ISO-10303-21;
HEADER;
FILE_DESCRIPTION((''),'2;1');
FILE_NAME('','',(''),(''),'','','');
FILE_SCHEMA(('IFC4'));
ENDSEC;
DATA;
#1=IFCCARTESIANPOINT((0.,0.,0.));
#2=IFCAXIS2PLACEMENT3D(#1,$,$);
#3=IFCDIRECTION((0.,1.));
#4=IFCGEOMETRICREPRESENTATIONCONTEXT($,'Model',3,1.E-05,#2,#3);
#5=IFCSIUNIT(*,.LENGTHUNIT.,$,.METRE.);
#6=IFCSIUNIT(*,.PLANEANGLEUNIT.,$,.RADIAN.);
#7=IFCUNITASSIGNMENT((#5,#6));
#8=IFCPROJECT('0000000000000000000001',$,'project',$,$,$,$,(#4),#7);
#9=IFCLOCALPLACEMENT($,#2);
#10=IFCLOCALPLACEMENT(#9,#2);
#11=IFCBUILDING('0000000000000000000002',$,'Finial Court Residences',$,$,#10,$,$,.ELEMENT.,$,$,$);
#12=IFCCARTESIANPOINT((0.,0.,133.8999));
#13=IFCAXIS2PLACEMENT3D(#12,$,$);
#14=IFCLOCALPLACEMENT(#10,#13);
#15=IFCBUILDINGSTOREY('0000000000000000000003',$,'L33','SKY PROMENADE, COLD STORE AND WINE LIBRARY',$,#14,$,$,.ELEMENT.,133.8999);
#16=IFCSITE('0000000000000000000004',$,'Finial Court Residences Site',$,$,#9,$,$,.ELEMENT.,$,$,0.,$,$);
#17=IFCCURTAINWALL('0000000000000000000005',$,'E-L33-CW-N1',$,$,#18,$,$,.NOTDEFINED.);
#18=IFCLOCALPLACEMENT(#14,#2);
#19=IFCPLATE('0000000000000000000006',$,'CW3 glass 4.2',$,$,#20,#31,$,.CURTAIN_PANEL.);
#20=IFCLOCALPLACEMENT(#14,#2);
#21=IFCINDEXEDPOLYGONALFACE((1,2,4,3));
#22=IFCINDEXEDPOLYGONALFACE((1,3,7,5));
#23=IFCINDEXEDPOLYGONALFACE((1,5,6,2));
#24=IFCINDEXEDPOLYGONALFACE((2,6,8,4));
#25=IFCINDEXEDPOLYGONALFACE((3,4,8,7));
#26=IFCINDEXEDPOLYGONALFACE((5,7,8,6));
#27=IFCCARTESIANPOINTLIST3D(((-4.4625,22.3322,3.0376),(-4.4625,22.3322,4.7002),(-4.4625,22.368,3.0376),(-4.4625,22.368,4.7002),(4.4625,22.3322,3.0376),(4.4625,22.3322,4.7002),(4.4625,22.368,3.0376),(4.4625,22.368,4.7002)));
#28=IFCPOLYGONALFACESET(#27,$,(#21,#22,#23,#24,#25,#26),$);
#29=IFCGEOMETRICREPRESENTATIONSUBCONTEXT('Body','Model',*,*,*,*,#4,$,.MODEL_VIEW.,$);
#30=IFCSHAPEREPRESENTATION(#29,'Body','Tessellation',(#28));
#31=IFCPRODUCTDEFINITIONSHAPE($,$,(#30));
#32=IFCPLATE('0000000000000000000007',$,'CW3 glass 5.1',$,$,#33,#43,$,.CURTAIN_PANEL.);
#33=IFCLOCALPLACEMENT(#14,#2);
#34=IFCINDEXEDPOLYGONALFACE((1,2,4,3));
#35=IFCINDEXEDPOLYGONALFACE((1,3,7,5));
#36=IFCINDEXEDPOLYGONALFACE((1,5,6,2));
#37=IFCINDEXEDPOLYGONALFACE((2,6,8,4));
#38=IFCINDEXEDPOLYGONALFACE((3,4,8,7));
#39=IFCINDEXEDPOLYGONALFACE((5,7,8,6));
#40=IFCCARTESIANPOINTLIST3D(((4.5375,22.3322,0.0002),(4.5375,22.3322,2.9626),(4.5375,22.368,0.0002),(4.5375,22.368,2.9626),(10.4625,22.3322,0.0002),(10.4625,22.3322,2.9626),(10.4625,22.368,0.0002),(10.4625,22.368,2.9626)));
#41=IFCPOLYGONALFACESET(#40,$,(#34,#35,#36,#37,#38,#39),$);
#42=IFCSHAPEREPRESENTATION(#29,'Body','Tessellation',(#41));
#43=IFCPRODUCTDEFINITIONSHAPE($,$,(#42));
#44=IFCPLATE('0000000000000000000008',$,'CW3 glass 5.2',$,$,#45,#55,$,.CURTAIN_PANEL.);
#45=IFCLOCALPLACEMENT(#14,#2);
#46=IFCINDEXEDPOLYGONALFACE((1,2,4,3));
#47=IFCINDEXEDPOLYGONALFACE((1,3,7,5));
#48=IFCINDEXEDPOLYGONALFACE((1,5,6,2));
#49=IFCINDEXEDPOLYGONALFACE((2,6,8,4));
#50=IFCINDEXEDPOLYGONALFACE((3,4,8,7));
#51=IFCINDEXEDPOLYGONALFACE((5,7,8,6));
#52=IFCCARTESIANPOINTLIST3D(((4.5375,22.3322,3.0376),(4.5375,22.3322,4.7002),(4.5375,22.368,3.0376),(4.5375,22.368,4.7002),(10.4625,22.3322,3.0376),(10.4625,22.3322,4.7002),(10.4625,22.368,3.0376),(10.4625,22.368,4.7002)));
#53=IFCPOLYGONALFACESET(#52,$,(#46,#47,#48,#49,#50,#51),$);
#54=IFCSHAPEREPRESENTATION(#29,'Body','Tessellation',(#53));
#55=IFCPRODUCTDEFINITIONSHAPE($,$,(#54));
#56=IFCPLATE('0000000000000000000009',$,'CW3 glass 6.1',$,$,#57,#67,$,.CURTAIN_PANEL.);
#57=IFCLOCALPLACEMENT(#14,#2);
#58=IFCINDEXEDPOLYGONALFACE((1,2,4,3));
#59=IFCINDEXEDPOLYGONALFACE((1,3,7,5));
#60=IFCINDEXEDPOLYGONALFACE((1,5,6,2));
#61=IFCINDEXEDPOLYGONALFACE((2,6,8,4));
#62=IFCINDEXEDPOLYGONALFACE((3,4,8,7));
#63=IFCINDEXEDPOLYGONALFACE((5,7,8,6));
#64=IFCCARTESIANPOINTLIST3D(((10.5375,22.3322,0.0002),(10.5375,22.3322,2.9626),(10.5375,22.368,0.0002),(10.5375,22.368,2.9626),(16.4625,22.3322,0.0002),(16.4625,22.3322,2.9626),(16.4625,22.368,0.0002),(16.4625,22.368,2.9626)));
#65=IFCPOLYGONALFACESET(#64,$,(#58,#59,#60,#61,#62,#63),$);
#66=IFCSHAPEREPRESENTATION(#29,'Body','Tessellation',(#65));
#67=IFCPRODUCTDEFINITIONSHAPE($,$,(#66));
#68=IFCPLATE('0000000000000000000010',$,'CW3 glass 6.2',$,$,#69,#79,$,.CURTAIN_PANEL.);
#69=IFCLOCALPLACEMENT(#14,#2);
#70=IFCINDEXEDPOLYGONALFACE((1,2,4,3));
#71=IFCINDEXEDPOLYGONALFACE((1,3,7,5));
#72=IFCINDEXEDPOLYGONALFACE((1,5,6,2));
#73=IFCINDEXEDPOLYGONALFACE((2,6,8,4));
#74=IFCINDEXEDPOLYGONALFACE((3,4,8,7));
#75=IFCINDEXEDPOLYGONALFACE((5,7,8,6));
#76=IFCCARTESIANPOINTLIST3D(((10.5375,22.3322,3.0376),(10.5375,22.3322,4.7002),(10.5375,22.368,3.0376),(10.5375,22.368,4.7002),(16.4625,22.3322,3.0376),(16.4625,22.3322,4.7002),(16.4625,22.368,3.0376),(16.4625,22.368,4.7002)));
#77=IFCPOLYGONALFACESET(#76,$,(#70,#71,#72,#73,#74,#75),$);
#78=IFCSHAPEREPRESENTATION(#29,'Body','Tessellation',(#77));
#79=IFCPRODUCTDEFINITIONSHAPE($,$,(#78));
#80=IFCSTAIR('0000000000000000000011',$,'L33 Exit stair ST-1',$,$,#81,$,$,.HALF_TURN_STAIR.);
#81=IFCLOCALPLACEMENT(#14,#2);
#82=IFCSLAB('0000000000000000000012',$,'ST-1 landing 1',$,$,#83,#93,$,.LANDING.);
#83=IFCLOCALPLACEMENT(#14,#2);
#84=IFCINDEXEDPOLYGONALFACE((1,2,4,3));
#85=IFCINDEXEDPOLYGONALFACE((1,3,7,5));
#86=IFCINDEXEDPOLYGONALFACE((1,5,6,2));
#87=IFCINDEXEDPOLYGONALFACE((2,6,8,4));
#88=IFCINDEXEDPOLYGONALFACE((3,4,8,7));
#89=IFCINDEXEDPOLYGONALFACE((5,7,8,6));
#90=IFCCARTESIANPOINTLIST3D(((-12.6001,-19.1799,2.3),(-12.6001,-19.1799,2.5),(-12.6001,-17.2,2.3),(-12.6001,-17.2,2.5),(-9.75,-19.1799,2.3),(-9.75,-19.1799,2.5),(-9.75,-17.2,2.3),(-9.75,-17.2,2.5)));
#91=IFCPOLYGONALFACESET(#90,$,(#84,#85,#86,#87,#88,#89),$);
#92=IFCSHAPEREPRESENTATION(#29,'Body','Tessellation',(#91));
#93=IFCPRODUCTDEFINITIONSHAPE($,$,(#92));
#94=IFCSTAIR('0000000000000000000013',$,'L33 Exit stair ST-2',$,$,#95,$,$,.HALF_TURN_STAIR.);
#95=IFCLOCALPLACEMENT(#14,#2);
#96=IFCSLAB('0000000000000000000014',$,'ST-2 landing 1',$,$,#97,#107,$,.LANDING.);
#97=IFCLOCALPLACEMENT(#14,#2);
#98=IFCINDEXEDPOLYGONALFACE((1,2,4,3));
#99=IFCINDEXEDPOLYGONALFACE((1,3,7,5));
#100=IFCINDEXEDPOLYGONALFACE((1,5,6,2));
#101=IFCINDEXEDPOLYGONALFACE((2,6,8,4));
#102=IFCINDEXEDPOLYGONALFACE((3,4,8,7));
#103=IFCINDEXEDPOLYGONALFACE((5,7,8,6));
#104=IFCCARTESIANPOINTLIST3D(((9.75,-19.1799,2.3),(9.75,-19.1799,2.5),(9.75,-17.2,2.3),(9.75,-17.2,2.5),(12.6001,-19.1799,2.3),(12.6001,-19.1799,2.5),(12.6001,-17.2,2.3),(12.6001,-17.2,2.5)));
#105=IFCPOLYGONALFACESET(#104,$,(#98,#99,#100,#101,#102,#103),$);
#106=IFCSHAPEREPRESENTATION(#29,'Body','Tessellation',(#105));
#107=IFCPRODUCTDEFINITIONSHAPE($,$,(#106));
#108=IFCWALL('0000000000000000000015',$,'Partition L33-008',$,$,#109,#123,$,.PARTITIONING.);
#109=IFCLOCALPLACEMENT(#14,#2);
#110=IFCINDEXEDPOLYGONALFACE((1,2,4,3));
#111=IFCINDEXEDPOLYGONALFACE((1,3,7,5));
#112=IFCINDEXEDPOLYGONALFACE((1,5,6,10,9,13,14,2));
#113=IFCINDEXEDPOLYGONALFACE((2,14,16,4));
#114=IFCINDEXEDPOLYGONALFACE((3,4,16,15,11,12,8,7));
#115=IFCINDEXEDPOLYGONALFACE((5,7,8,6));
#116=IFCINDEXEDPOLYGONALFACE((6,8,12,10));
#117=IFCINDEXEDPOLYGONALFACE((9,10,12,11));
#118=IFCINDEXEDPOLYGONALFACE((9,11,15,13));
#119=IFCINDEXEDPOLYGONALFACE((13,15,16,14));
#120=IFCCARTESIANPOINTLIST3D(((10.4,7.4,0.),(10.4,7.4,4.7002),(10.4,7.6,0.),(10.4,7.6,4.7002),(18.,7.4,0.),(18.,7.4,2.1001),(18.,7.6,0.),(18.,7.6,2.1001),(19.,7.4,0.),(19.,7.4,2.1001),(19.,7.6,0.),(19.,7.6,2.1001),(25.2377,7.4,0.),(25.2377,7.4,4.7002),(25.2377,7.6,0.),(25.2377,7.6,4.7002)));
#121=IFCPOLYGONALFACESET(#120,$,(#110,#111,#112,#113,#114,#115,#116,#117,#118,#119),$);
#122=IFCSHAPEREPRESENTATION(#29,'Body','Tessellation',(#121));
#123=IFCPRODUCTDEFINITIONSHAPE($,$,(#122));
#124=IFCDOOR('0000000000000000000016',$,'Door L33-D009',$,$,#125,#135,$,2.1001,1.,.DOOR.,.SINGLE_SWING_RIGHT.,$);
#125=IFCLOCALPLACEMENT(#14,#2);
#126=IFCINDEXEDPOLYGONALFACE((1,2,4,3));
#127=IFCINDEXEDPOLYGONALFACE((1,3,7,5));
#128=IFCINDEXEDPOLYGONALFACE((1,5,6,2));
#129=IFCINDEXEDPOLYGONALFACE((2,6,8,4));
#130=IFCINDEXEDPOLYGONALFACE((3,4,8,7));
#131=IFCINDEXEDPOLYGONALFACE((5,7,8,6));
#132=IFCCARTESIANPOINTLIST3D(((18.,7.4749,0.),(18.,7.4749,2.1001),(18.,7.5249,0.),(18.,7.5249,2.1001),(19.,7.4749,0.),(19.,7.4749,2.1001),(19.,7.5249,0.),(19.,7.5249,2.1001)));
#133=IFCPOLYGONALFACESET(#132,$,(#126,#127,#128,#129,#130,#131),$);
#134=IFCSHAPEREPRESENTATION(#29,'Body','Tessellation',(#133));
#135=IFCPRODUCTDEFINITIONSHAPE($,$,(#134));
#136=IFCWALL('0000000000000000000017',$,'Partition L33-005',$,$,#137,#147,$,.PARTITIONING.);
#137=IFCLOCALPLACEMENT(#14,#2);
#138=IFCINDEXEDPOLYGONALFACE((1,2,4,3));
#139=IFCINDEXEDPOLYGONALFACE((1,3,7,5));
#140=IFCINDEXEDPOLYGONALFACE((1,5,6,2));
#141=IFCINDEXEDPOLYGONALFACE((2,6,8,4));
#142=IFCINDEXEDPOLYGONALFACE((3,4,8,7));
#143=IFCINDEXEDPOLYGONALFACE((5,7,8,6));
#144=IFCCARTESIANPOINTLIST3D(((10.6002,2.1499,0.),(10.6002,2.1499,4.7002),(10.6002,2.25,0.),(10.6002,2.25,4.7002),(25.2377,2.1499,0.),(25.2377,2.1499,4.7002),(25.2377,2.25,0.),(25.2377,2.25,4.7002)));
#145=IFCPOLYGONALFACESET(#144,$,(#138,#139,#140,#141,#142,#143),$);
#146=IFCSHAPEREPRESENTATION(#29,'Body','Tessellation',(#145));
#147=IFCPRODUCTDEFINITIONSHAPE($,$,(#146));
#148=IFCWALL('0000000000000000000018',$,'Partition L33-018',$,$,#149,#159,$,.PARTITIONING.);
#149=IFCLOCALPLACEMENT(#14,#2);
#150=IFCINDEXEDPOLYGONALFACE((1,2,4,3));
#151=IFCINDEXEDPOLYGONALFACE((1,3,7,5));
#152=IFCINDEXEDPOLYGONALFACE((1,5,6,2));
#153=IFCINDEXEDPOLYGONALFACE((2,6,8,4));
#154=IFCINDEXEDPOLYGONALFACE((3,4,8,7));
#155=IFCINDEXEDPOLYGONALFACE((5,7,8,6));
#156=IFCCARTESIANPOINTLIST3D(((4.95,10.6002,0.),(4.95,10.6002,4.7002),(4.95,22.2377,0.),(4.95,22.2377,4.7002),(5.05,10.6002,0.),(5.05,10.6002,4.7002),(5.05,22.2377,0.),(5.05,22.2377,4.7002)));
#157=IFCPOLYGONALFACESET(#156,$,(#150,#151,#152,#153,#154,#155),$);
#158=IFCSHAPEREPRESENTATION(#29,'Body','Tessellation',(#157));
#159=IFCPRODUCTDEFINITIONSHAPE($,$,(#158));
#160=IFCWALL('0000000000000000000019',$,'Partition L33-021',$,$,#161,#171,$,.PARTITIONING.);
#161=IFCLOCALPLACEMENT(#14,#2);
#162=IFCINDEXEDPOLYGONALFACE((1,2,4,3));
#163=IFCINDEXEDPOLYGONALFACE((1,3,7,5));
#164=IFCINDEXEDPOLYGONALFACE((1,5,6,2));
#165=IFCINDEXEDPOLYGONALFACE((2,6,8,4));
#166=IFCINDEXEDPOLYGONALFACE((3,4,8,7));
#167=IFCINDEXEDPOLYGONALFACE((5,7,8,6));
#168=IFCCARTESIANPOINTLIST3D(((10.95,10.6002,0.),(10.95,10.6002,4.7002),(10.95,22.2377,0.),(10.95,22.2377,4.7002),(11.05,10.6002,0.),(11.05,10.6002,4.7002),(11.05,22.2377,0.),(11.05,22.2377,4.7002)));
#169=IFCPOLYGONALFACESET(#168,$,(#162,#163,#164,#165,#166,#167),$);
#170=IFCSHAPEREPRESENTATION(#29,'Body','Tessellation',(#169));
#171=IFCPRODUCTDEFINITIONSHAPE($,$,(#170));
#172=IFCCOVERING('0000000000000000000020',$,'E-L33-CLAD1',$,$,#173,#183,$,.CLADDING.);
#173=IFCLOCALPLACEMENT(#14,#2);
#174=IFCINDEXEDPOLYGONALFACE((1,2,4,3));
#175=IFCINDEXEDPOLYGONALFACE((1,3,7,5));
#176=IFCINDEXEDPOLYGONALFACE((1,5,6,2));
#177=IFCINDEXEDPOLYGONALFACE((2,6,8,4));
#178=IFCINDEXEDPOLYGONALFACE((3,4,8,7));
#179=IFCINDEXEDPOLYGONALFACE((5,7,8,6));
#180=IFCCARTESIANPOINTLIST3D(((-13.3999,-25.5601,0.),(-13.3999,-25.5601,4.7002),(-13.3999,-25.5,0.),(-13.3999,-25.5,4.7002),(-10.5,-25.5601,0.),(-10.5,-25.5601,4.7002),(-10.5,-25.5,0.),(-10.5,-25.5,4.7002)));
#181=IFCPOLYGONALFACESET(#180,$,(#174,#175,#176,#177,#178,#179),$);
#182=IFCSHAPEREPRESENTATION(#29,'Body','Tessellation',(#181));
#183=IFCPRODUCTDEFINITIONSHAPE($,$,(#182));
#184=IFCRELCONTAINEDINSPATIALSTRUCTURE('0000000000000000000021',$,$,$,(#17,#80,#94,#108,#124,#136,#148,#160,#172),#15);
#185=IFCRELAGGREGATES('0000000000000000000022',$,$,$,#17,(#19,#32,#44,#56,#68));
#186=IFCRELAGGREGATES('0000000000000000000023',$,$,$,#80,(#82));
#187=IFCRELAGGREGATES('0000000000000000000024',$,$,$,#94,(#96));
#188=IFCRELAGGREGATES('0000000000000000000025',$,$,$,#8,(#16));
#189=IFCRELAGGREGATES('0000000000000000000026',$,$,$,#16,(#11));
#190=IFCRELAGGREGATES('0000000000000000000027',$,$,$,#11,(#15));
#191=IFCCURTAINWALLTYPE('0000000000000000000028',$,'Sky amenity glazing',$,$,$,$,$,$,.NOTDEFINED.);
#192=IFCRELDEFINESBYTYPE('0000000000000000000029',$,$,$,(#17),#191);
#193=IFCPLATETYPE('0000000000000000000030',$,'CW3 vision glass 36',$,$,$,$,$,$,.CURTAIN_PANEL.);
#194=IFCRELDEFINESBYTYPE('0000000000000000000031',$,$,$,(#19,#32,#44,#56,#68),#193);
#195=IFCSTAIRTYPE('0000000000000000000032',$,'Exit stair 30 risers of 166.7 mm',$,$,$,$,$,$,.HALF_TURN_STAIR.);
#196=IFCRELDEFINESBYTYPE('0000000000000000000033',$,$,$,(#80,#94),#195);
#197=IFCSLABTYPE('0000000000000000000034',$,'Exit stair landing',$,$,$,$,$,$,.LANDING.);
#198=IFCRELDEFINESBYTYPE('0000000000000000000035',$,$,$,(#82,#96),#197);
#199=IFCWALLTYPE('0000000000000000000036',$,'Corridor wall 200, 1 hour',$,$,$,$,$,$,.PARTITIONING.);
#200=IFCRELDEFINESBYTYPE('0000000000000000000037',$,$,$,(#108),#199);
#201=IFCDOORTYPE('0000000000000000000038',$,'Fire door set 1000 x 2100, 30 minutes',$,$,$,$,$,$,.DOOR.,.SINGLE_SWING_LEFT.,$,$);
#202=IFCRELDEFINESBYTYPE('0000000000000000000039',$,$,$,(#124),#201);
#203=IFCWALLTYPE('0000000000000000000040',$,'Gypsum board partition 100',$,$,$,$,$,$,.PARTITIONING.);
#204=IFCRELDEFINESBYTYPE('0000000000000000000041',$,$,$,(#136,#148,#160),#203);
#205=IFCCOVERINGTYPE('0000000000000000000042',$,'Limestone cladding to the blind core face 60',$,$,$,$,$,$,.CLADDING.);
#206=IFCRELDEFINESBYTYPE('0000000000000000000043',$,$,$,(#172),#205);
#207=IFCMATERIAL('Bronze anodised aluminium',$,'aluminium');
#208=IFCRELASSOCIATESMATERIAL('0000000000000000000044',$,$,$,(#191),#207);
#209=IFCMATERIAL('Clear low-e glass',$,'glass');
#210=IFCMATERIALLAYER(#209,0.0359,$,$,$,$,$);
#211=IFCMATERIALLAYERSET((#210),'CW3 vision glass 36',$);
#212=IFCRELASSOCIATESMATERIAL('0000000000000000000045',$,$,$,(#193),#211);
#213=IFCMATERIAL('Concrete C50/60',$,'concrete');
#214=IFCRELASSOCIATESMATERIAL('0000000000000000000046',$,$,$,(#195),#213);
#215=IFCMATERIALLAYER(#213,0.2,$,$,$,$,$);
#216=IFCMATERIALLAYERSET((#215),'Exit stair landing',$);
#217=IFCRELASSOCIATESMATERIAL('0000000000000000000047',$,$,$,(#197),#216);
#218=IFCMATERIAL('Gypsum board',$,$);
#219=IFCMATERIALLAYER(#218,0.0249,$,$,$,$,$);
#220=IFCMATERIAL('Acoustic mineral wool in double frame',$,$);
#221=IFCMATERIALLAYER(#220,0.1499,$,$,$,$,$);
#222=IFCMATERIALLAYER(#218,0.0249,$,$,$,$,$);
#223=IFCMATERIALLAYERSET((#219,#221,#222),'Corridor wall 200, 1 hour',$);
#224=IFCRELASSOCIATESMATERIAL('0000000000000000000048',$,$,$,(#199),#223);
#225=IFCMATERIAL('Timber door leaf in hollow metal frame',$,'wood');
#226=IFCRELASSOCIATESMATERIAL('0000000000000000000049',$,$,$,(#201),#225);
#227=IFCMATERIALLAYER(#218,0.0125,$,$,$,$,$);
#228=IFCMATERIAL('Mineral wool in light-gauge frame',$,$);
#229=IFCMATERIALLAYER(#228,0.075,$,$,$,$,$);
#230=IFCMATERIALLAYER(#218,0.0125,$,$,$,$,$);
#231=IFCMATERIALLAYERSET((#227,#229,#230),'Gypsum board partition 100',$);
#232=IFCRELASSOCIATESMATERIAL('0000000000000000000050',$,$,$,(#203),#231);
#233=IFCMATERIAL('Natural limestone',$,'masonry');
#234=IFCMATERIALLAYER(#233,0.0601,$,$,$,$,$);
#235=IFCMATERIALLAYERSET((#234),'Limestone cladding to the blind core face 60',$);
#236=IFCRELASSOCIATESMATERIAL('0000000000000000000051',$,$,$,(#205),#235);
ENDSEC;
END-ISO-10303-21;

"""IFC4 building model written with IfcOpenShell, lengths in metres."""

from ifc_helpers import new_model, si_unit, direction, frame, frame_2d, origin, origin_2d, place, context, subcontext, project, spatial, polyline, rectangle, outline, extrude, material, layer, layer_set, type_object, element, fill, aggregate, save


model = new_model("IFC4")

# Units and contexts
model_context = context("Model", 3, precision=1e-05, world=origin(), true_north=direction((0.0, 1.0)))
body_context = subcontext(model_context, "Body", "Model", "MODEL_VIEW")
ifc_project = project(units=[si_unit("LENGTHUNIT", "METRE"), si_unit("PLANEANGLEUNIT", "RADIAN")], contexts=[model_context])

# Site, building, storey
site_placement = place(None, origin())
site = spatial("IfcSite", under=ifc_project, at=site_placement, Name="Finial Court Residences Site", CompositionType="ELEMENT", RefElevation=0.0)
building_placement = place(site_placement, origin())
building = spatial("IfcBuilding", under=site, at=building_placement, Name="Finial Court Residences", CompositionType="ELEMENT")
storey_placement = place(building_placement, frame((0.0, 0.0, 133.8999)))
storey = spatial("IfcBuildingStorey", under=building, at=storey_placement, Name="L33", Description="SKY PROMENADE, COLD STORE AND WINE LIBRARY", CompositionType="ELEMENT", Elevation=133.8999)

# Curtain wall, plates
ifc_material_1 = material(Name="Bronze anodised aluminium", Category="aluminium")
curtain_wall_type = type_object("IfcCurtainWallType", Name="Sky amenity glazing", PredefinedType="NOTDEFINED", material=ifc_material_1)
curtain_wall_placement = place(storey_placement, origin())
curtain_wall = element("IfcCurtainWall", 1, at=curtain_wall_placement, inside=storey, type_object=curtain_wall_type, Name="E-L33-CW-N1", PredefinedType="NOTDEFINED")
ifc_material_2 = material(Name="Clear low-e glass", Category="glass")
ifc_layer_1 = layer(ifc_material_2, 0.0359)
ifc_layer_set_1 = layer_set([ifc_layer_1], Name="CW3 vision glass 36")
plate_type = type_object("IfcPlateType", Name="CW3 vision glass 36", PredefinedType="CURTAIN_PANEL", material=ifc_layer_set_1)
plate_1_placement = place(storey_placement, frame((0.0, 22.3501, 3.0376), z_axis=(0.0, 0.0, 1.0), x_axis=(1.0, 0.0, 0.0)))
plate_1 = element("IfcPlate", 2, at=plate_1_placement, type_object=plate_type, Name="CW3 glass 4.2", PredefinedType="CURTAIN_PANEL", context=body_context, shape_type="SweptSolid", body=[
    extrude(rectangle(XDim=8.925, YDim=0.0359, at=origin_2d()), origin(), (0.0, 0.0, 1.0), 1.6626),
])
plate_2_placement = place(storey_placement, frame((7.5, 22.3501, 0.0002), z_axis=(0.0, 0.0, 1.0), x_axis=(1.0, 0.0, 0.0)))
plate_2 = element("IfcPlate", 3, at=plate_2_placement, type_object=plate_type, Name="CW3 glass 5.1", PredefinedType="CURTAIN_PANEL", context=body_context, shape_type="SweptSolid", body=[
    extrude(rectangle(XDim=5.925, YDim=0.0359, at=origin_2d()), origin(), (0.0, 0.0, 1.0), 2.9624),
])
plate_3_placement = place(storey_placement, frame((7.5, 22.3501, 3.0376), z_axis=(0.0, 0.0, 1.0), x_axis=(1.0, 0.0, 0.0)))
plate_3 = element("IfcPlate", 4, at=plate_3_placement, type_object=plate_type, Name="CW3 glass 5.2", PredefinedType="CURTAIN_PANEL", context=body_context, shape_type="SweptSolid", body=[
    extrude(rectangle(XDim=5.925, YDim=0.0359, at=origin_2d()), origin(), (0.0, 0.0, 1.0), 1.6626),
])
plate_4_placement = place(storey_placement, frame((13.5, 22.3501, 0.0002), z_axis=(0.0, 0.0, 1.0), x_axis=(1.0, 0.0, 0.0)))
plate_4 = element("IfcPlate", 5, at=plate_4_placement, type_object=plate_type, Name="CW3 glass 6.1", PredefinedType="CURTAIN_PANEL", context=body_context, shape_type="SweptSolid", body=[
    extrude(rectangle(XDim=5.925, YDim=0.0359, at=origin_2d()), origin(), (0.0, 0.0, 1.0), 2.9624),
])
plate_5_placement = place(storey_placement, frame((13.5, 22.3501, 3.0376), z_axis=(0.0, 0.0, 1.0), x_axis=(1.0, 0.0, 0.0)))
plate_5 = element("IfcPlate", 6, at=plate_5_placement, type_object=plate_type, Name="CW3 glass 6.2", PredefinedType="CURTAIN_PANEL", context=body_context, shape_type="SweptSolid", body=[
    extrude(rectangle(XDim=5.925, YDim=0.0359, at=origin_2d()), origin(), (0.0, 0.0, 1.0), 1.6626),
])
aggregate(curtain_wall, [plate_1, plate_2, plate_3, plate_4, plate_5])

# Stairs, slabs
ifc_material_3 = material(Name="Concrete C50/60", Category="concrete")
stair_type = type_object("IfcStairType", Name="Exit stair 30 risers of 166.7 mm", PredefinedType="HALF_TURN_STAIR", material=ifc_material_3)
stair_1_placement = place(storey_placement, origin())
stair_1 = element("IfcStair", 7, at=stair_1_placement, inside=storey, type_object=stair_type, Name="L33 Exit stair ST-1", PredefinedType="HALF_TURN_STAIR")
ifc_layer_2 = layer(ifc_material_3, 0.2)
ifc_layer_set_2 = layer_set([ifc_layer_2], Name="Exit stair landing")
slab_type = type_object("IfcSlabType", Name="Exit stair landing", PredefinedType="LANDING", material=ifc_layer_set_2)
slab_1_placement = place(storey_placement, frame((0.0, 0.0, 2.3)))
slab_1 = element("IfcSlab", 8, at=slab_1_placement, type_object=slab_type, Name="ST-1 landing 1", PredefinedType="LANDING", context=body_context, shape_type="SweptSolid", body=[
    extrude(outline(polyline([(-9.75, -19.1799), (-9.75, -17.2), (-12.6001, -17.2), (-12.6001, -19.1799), (-9.75, -19.1799)])), origin(), (0.0, 0.0, 1.0), 0.2),
])
aggregate(stair_1, [slab_1])
stair_2_placement = place(storey_placement, origin())
stair_2 = element("IfcStair", 9, at=stair_2_placement, inside=storey, type_object=stair_type, Name="L33 Exit stair ST-2", PredefinedType="HALF_TURN_STAIR")
slab_2_placement = place(storey_placement, frame((0.0, 0.0, 2.3)))
slab_2 = element("IfcSlab", 10, at=slab_2_placement, type_object=slab_type, Name="ST-2 landing 1", PredefinedType="LANDING", context=body_context, shape_type="SweptSolid", body=[
    extrude(outline(polyline([(12.6001, -19.1799), (12.6001, -17.2), (9.75, -17.2), (9.75, -19.1799), (12.6001, -19.1799)])), origin(), (0.0, 0.0, 1.0), 0.2),
])
aggregate(stair_2, [slab_2])

# Wall, opening, door
ifc_material_4 = material(Name="Gypsum board")
ifc_layer_3 = layer(ifc_material_4, 0.0249)
ifc_material_5 = material(Name="Acoustic mineral wool in double frame")
ifc_layer_4 = layer(ifc_material_5, 0.1499)
ifc_layer_5 = layer(ifc_material_4, 0.0249)
ifc_layer_set_3 = layer_set([ifc_layer_3, ifc_layer_4, ifc_layer_5], Name="Corridor wall 200, 1 hour")
wall_type_1 = type_object("IfcWallType", Name="Corridor wall 200, 1 hour", PredefinedType="PARTITIONING", material=ifc_layer_set_3)
wall_1_placement = place(storey_placement, frame((10.3999, 7.5, 0.0), z_axis=(0.0, 0.0, 1.0), x_axis=(1.0, 0.0, 0.0)))
wall_1 = element("IfcWall", 11, at=wall_1_placement, inside=storey, type_object=wall_type_1, Name="Partition L33-008", PredefinedType="PARTITIONING", context=body_context, shape_type="SweptSolid", body=[
    extrude(rectangle(XDim=14.8376, YDim=0.2, at=frame_2d((7.4189, 0.0))), origin(), (0.0, 0.0, 1.0), 4.7002),
])
opening_placement = place(wall_1_placement, frame((7.6001, 0.0, 0.0)))
opening = element("IfcOpeningElement", 12, at=opening_placement, cuts=wall_1, PredefinedType="OPENING", context=body_context, shape_type="SweptSolid", body=[
    extrude(rectangle(XDim=1.0, YDim=2.1001, at=frame_2d((0.5, 1.05))), frame((0.0, 0.1099, 0.0), z_axis=(0.0, -1.0, 0.0), x_axis=(1.0, 0.0, 0.0)), (0.0, 0.0, 1.0), 0.22),
])
ifc_material_6 = material(Name="Timber door leaf in hollow metal frame", Category="wood")
door_type = type_object("IfcDoorType", Name="Fire door set 1000 x 2100, 30 minutes", OperationType="SINGLE_SWING_LEFT", PredefinedType="DOOR", material=ifc_material_6)
door_placement = place(opening_placement, origin())
door = element("IfcDoor", 13, at=door_placement, inside=storey, type_object=door_type, Name="Door L33-D009", OperationType="SINGLE_SWING_RIGHT", OverallHeight=2.1001, OverallWidth=1.0, PredefinedType="DOOR", context=body_context, shape_type="SweptSolid", body=[
    extrude(rectangle(XDim=1.0, YDim=2.1001, at=frame_2d((0.5, 1.05))), frame((0.0, 0.0249, 0.0), z_axis=(0.0, -1.0, 0.0), x_axis=(1.0, 0.0, 0.0)), (0.0, 0.0, 1.0), 0.05),
])
fill(opening, door)

# Walls
ifc_layer_6 = layer(ifc_material_4, 0.0125)
ifc_material_7 = material(Name="Mineral wool in light-gauge frame")
ifc_layer_7 = layer(ifc_material_7, 0.075)
ifc_layer_8 = layer(ifc_material_4, 0.0125)
ifc_layer_set_4 = layer_set([ifc_layer_6, ifc_layer_7, ifc_layer_8], Name="Gypsum board partition 100")
wall_type_2 = type_object("IfcWallType", Name="Gypsum board partition 100", PredefinedType="PARTITIONING", material=ifc_layer_set_4)
wall_2_placement = place(storey_placement, frame((10.6001, 2.2, 0.0), z_axis=(0.0, 0.0, 1.0), x_axis=(1.0, 0.0, 0.0)))
element("IfcWall", 14, at=wall_2_placement, inside=storey, type_object=wall_type_2, Name="Partition L33-005", PredefinedType="PARTITIONING", context=body_context, shape_type="SweptSolid", body=[
    extrude(rectangle(XDim=14.6375, YDim=0.1001, at=frame_2d((7.3188, 0.0))), origin(), (0.0, 0.0, 1.0), 4.7002),
])
for number, where, z_axis, x_axis, name in (
    (15, (5.0, 10.6001, 0.0), (0.0, 0.0, 1.0), (0.0, 1.0, 0.0), "Partition L33-018"),
    (16, (11.0, 10.6001, 0.0), (0.0, 0.0, 1.0), (0.0, 1.0, 0.0), "Partition L33-021"),
):
    element("IfcWall", number, at=place(storey_placement, frame(where, z_axis=z_axis, x_axis=x_axis)), inside=storey, type_object=wall_type_2, Name=name, PredefinedType="PARTITIONING", context=body_context, shape_type="SweptSolid", body=[
        extrude(rectangle(XDim=11.6375, YDim=0.1001, at=frame_2d((5.8188, 0.0))), origin(), (0.0, 0.0, 1.0), 4.7002),
    ])

# Covering
ifc_material_8 = material(Name="Natural limestone", Category="masonry")
ifc_layer_9 = layer(ifc_material_8, 0.0601)
ifc_layer_set_5 = layer_set([ifc_layer_9], Name="Limestone cladding to the blind core face 60")
covering_type_1 = type_object("IfcCoveringType", Name="Limestone cladding to the blind core face 60", PredefinedType="CLADDING", material=ifc_layer_set_5)
covering_1_placement = place(storey_placement, origin())
element("IfcCovering", 17, at=covering_1_placement, inside=storey, type_object=covering_type_1, Name="E-L33-CLAD1", PredefinedType="CLADDING", context=body_context, shape_type="SweptSolid", body=[
    extrude(outline(polyline([(-10.5, -25.5601), (-10.5, -25.5), (-13.3999, -25.5), (-13.3999, -25.5601), (-10.5, -25.5601)])), origin(), (0.0, 0.0, 1.0), 4.7002),
])

save(model, "model.ifc")
